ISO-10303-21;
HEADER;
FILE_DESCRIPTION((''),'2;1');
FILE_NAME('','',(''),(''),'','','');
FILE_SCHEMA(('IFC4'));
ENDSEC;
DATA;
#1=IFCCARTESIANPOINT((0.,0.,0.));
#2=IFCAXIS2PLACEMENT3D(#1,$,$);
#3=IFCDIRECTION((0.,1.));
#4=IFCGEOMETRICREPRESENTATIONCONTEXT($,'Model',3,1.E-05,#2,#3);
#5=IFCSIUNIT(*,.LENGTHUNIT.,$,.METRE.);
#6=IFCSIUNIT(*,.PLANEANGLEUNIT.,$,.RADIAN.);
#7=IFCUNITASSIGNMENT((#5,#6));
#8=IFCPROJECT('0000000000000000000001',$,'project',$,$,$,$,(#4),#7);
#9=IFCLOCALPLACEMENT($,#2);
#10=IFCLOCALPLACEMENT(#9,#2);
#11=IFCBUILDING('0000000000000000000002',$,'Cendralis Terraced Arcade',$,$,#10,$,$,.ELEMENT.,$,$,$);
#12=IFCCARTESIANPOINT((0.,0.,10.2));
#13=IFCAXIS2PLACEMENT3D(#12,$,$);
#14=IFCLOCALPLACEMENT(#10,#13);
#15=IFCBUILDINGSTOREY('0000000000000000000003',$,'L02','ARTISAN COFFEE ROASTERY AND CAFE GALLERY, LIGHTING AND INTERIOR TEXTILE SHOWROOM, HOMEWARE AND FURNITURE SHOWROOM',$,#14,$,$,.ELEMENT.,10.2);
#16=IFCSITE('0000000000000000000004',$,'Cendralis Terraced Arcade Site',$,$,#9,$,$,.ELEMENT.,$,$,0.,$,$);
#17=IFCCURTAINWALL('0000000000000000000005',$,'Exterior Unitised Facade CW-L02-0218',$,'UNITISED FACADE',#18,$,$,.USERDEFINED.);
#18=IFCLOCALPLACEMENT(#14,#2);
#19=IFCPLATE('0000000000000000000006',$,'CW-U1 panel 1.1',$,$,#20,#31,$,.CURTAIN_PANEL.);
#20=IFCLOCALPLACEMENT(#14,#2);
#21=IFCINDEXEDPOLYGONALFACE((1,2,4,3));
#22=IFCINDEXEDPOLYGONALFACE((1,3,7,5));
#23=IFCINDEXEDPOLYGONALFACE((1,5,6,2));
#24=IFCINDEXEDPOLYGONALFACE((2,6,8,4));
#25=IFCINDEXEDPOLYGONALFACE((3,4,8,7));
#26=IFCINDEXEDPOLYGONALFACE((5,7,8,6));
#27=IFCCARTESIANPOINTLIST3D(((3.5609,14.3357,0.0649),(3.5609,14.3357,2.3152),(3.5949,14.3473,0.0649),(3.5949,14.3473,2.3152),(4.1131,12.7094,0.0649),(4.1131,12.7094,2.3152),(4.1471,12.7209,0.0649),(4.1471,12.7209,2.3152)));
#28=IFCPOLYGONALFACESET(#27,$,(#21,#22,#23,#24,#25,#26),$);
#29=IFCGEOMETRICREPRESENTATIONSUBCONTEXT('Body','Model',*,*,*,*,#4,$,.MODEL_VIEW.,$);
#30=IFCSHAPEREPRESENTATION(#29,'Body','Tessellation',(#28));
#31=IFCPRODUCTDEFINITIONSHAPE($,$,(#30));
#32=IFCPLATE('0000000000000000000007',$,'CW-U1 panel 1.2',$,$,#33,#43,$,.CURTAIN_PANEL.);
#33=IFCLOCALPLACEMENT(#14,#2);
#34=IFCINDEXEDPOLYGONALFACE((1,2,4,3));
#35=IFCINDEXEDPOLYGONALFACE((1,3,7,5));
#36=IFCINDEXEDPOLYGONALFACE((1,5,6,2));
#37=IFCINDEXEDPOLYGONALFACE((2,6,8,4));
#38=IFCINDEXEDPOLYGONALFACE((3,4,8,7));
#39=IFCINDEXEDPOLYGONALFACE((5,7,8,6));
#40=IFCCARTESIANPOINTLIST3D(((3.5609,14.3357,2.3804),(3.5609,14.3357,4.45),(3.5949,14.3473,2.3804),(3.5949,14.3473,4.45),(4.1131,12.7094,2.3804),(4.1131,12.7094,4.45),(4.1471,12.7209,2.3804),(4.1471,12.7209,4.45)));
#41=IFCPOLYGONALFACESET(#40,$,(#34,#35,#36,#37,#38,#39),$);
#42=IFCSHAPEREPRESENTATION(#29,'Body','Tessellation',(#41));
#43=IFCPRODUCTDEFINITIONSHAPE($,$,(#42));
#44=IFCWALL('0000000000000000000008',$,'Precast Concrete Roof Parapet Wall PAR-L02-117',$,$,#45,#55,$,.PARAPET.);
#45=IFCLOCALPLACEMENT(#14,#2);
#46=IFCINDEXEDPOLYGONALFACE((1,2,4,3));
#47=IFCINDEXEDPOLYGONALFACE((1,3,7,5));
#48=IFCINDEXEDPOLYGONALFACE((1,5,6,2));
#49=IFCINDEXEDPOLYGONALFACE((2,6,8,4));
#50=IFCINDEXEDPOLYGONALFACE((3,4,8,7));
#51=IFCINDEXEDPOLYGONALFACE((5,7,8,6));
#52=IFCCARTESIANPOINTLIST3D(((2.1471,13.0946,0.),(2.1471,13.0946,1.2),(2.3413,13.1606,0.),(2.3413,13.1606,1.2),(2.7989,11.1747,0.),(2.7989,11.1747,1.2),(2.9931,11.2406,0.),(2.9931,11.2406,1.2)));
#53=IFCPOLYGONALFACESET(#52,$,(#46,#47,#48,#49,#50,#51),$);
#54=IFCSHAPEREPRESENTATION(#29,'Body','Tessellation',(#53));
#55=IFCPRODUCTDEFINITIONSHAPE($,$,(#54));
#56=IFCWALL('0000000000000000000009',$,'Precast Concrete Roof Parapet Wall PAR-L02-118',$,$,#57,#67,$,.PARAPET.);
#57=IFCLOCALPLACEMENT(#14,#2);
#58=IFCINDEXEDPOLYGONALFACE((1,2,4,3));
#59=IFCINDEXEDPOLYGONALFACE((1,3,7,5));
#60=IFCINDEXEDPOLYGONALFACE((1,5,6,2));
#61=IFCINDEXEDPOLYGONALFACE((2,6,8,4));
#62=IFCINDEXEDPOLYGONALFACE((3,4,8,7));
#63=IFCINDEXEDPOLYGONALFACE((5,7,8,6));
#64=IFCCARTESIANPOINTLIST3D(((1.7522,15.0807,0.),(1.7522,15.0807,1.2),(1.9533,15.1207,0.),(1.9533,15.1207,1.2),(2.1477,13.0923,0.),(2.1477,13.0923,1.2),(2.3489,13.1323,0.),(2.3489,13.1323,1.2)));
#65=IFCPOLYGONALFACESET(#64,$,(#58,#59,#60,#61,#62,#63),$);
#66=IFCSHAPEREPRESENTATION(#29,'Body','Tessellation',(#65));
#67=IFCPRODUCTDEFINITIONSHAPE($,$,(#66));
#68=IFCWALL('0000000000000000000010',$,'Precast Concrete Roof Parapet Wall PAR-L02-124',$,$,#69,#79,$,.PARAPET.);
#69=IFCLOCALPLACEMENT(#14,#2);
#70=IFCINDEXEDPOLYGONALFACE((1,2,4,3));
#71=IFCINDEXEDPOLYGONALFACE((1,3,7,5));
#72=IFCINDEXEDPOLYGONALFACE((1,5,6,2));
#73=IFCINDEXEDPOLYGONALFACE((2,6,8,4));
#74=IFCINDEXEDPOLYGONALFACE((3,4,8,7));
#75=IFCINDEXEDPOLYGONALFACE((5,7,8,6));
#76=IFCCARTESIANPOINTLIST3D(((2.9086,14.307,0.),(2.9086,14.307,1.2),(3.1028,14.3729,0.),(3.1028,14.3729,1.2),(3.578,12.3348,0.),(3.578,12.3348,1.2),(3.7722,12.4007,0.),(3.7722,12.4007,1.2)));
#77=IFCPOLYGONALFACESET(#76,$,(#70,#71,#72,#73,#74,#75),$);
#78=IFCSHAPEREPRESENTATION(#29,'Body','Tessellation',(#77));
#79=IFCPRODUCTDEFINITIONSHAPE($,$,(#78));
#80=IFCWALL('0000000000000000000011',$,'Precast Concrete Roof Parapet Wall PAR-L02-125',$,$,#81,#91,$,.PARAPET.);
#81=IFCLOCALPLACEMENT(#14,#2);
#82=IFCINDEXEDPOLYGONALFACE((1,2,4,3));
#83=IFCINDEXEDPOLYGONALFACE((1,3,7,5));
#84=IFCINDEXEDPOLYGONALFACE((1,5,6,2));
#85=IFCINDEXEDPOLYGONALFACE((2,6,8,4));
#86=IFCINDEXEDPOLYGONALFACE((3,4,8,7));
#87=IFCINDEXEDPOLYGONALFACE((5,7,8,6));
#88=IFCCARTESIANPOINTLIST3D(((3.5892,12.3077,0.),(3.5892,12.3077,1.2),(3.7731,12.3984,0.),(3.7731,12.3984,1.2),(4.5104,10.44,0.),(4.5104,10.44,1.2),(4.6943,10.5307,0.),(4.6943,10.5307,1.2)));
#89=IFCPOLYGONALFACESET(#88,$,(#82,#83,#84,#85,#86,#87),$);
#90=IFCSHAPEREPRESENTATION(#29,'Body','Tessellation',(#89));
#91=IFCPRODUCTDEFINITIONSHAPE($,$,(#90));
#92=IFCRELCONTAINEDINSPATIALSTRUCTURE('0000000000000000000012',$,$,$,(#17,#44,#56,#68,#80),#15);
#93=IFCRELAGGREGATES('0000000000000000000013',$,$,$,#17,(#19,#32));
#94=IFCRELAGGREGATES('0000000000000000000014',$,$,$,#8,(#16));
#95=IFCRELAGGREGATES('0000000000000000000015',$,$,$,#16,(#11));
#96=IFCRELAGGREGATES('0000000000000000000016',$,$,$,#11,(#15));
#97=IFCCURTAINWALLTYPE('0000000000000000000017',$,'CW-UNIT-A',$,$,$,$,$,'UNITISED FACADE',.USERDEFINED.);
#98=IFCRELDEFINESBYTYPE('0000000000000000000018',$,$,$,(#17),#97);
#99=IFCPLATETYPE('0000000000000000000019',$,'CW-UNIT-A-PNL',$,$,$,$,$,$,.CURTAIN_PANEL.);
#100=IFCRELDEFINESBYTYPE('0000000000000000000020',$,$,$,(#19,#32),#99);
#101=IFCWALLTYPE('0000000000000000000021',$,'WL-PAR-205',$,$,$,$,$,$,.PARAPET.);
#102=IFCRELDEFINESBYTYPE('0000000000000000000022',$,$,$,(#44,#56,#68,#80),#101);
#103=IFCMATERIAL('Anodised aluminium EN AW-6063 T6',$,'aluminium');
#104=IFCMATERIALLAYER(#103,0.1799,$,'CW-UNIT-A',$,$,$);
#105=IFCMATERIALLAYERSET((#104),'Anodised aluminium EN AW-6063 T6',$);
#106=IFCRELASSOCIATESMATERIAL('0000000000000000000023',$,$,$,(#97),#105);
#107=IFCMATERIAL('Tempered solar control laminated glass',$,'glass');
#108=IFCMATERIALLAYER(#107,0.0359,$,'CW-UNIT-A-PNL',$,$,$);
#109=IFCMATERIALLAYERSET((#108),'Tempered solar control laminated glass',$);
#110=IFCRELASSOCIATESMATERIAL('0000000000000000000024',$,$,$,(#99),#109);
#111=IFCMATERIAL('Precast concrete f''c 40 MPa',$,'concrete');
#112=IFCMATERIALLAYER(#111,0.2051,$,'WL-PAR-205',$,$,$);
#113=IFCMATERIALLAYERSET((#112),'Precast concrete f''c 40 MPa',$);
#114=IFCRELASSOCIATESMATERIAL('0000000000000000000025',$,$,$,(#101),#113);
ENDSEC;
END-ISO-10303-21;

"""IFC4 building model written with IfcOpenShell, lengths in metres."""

from ifc_helpers import new_model, si_unit, direction, frame, frame_2d, origin, origin_2d, place, context, subcontext, project, spatial, rectangle, extrude, material, layer, layer_set, type_object, element, aggregate, save


model = new_model("IFC4")

# Units and contexts
model_context = context("Model", 3, precision=1e-05, world=origin(), true_north=direction((0.0, 1.0)))
body_context = subcontext(model_context, "Body", "Model", "MODEL_VIEW")
ifc_project = project(units=[si_unit("LENGTHUNIT", "METRE"), si_unit("PLANEANGLEUNIT", "RADIAN")], contexts=[model_context])

# Site, building, storey
site_placement = place(None, origin())
site = spatial("IfcSite", under=ifc_project, at=site_placement, Name="Cendralis Terraced Arcade Site", CompositionType="ELEMENT", RefElevation=0.0)
building_placement = place(site_placement, origin())
building = spatial("IfcBuilding", under=site, at=building_placement, Name="Cendralis Terraced Arcade", CompositionType="ELEMENT")
storey_placement = place(building_placement, frame((0.0, 0.0, 10.2)))
storey = spatial("IfcBuildingStorey", under=building, at=storey_placement, Name="L02", Description="ARTISAN COFFEE ROASTERY AND CAFE GALLERY, LIGHTING AND INTERIOR TEXTILE SHOWROOM, HOMEWARE AND FURNITURE SHOWROOM", CompositionType="ELEMENT", Elevation=10.2)

# Shared definitions
ifc_material_1 = material(Name="Anodised aluminium EN AW-6063 T6", Category="aluminium")
ifc_layer_1 = layer(ifc_material_1, 0.1799, Name="CW-UNIT-A")
ifc_layer_set_1 = layer_set([ifc_layer_1], Name="Anodised aluminium EN AW-6063 T6")
curtain_wall_type = type_object("IfcCurtainWallType", Name="CW-UNIT-A", ElementType="UNITISED FACADE", PredefinedType="USERDEFINED", material=ifc_layer_set_1)

# Curtain wall
curtain_wall_1_placement = place(storey_placement, origin())
curtain_wall_1 = element("IfcCurtainWall", 1, at=curtain_wall_1_placement, inside=storey, type_object=curtain_wall_type, Name="Exterior Unitised Facade CW-L02-0218", ObjectType="UNITISED FACADE", PredefinedType="USERDEFINED")

# Plates
ifc_material_2 = material(Name="Tempered solar control laminated glass", Category="glass")
ifc_layer_2 = layer(ifc_material_2, 0.0359, Name="CW-UNIT-A-PNL")
ifc_layer_set_2 = layer_set([ifc_layer_2], Name="Tempered solar control laminated glass")
plate_type = type_object("IfcPlateType", Name="CW-UNIT-A-PNL", PredefinedType="CURTAIN_PANEL", material=ifc_layer_set_2)
plate_1_placement = place(storey_placement, frame((3.854, 13.5283, 0.0649), z_axis=(0.0, 0.0, 1.0), x_axis=(-0.3215, 0.94691, 0.0)))
plate_1 = element("IfcPlate", 2, at=plate_1_placement, type_object=plate_type, Name="CW-U1 panel 1.1", PredefinedType="CURTAIN_PANEL", context=body_context, shape_type="SweptSolid", body=[
    extrude(rectangle(XDim=1.7175, YDim=0.0359, at=origin_2d()), origin(), (0.0, 0.0, 1.0), 2.2502),
])
plate_2_placement = place(storey_placement, frame((3.854, 13.5283, 2.3804), z_axis=(0.0, 0.0, 1.0), x_axis=(-0.3215, 0.94691, 0.0)))
plate_2 = element("IfcPlate", 3, at=plate_2_placement, type_object=plate_type, Name="CW-U1 panel 1.2", PredefinedType="CURTAIN_PANEL", context=body_context, shape_type="SweptSolid", body=[
    extrude(rectangle(XDim=1.7175, YDim=0.0359, at=origin_2d()), origin(), (0.0, 0.0, 1.0), 2.0696),
])
aggregate(curtain_wall_1, [plate_1, plate_2])

# Walls
ifc_material_3 = material(Name="Precast concrete f'c 40 MPa", Category="concrete")
ifc_layer_3 = layer(ifc_material_3, 0.2051, Name="WL-PAR-205")
ifc_layer_set_3 = layer_set([ifc_layer_3], Name="Precast concrete f'c 40 MPa")
wall_type = type_object("IfcWallType", Name="WL-PAR-205", PredefinedType="PARAPET", material=ifc_layer_set_3)
wall_1_placement = place(storey_placement, frame((2.896, 11.2078, 0.0), z_axis=(0.0, 0.0, 1.0), x_axis=(-0.321497, 0.946911, 0.0)))
element("IfcWall", 4, at=wall_1_placement, inside=storey, type_object=wall_type, Name="Precast Concrete Roof Parapet Wall PAR-L02-117", PredefinedType="PARAPET", context=body_context, shape_type="SweptSolid", body=[
    extrude(rectangle(XDim=2.0276, YDim=0.2051, at=frame_2d((1.0137, 0.0))), origin(), (0.0, 0.0, 1.0), 1.2),
])
wall_2_placement = place(storey_placement, frame((2.2483, 13.1123, 0.0), z_axis=(0.0, 0.0, 1.0), x_axis=(-0.195097, 0.980784, 0.0)))
element("IfcWall", 5, at=wall_2_placement, inside=storey, type_object=wall_type, Name="Precast Concrete Roof Parapet Wall PAR-L02-118", PredefinedType="PARAPET", context=body_context, shape_type="SweptSolid", body=[
    extrude(rectangle(XDim=2.0273, YDim=0.2051, at=frame_2d((1.0137, 0.0))), origin(), (0.0, 0.0, 1.0), 1.2),
])
wall_3_placement = place(storey_placement, frame((3.0056, 14.3401, 0.0), z_axis=(0.0, 0.0, 1.0), x_axis=(0.321428, -0.946934, 0.0)))
element("IfcWall", 6, at=wall_3_placement, inside=storey, type_object=wall_type, Name="Precast Concrete Roof Parapet Wall PAR-L02-124", PredefinedType="PARAPET", context=body_context, shape_type="SweptSolid", body=[
    extrude(rectangle(XDim=2.0828, YDim=0.2051, at=frame_2d((1.0415, 0.0))), origin(), (0.0, 0.0, 1.0), 1.2),
])
wall_4_placement = place(storey_placement, frame((3.6812, 12.353, 0.0), z_axis=(0.0, 0.0, 1.0), x_axis=(0.44233, -0.896852, 0.0)))
element("IfcWall", 7, at=wall_4_placement, inside=storey, type_object=wall_type, Name="Precast Concrete Roof Parapet Wall PAR-L02-125", PredefinedType="PARAPET", context=body_context, shape_type="SweptSolid", body=[
    extrude(rectangle(XDim=2.0825, YDim=0.2051, at=frame_2d((1.0413, 0.0))), origin(), (0.0, 0.0, 1.0), 1.2),
])

save(model, "model.ifc")
